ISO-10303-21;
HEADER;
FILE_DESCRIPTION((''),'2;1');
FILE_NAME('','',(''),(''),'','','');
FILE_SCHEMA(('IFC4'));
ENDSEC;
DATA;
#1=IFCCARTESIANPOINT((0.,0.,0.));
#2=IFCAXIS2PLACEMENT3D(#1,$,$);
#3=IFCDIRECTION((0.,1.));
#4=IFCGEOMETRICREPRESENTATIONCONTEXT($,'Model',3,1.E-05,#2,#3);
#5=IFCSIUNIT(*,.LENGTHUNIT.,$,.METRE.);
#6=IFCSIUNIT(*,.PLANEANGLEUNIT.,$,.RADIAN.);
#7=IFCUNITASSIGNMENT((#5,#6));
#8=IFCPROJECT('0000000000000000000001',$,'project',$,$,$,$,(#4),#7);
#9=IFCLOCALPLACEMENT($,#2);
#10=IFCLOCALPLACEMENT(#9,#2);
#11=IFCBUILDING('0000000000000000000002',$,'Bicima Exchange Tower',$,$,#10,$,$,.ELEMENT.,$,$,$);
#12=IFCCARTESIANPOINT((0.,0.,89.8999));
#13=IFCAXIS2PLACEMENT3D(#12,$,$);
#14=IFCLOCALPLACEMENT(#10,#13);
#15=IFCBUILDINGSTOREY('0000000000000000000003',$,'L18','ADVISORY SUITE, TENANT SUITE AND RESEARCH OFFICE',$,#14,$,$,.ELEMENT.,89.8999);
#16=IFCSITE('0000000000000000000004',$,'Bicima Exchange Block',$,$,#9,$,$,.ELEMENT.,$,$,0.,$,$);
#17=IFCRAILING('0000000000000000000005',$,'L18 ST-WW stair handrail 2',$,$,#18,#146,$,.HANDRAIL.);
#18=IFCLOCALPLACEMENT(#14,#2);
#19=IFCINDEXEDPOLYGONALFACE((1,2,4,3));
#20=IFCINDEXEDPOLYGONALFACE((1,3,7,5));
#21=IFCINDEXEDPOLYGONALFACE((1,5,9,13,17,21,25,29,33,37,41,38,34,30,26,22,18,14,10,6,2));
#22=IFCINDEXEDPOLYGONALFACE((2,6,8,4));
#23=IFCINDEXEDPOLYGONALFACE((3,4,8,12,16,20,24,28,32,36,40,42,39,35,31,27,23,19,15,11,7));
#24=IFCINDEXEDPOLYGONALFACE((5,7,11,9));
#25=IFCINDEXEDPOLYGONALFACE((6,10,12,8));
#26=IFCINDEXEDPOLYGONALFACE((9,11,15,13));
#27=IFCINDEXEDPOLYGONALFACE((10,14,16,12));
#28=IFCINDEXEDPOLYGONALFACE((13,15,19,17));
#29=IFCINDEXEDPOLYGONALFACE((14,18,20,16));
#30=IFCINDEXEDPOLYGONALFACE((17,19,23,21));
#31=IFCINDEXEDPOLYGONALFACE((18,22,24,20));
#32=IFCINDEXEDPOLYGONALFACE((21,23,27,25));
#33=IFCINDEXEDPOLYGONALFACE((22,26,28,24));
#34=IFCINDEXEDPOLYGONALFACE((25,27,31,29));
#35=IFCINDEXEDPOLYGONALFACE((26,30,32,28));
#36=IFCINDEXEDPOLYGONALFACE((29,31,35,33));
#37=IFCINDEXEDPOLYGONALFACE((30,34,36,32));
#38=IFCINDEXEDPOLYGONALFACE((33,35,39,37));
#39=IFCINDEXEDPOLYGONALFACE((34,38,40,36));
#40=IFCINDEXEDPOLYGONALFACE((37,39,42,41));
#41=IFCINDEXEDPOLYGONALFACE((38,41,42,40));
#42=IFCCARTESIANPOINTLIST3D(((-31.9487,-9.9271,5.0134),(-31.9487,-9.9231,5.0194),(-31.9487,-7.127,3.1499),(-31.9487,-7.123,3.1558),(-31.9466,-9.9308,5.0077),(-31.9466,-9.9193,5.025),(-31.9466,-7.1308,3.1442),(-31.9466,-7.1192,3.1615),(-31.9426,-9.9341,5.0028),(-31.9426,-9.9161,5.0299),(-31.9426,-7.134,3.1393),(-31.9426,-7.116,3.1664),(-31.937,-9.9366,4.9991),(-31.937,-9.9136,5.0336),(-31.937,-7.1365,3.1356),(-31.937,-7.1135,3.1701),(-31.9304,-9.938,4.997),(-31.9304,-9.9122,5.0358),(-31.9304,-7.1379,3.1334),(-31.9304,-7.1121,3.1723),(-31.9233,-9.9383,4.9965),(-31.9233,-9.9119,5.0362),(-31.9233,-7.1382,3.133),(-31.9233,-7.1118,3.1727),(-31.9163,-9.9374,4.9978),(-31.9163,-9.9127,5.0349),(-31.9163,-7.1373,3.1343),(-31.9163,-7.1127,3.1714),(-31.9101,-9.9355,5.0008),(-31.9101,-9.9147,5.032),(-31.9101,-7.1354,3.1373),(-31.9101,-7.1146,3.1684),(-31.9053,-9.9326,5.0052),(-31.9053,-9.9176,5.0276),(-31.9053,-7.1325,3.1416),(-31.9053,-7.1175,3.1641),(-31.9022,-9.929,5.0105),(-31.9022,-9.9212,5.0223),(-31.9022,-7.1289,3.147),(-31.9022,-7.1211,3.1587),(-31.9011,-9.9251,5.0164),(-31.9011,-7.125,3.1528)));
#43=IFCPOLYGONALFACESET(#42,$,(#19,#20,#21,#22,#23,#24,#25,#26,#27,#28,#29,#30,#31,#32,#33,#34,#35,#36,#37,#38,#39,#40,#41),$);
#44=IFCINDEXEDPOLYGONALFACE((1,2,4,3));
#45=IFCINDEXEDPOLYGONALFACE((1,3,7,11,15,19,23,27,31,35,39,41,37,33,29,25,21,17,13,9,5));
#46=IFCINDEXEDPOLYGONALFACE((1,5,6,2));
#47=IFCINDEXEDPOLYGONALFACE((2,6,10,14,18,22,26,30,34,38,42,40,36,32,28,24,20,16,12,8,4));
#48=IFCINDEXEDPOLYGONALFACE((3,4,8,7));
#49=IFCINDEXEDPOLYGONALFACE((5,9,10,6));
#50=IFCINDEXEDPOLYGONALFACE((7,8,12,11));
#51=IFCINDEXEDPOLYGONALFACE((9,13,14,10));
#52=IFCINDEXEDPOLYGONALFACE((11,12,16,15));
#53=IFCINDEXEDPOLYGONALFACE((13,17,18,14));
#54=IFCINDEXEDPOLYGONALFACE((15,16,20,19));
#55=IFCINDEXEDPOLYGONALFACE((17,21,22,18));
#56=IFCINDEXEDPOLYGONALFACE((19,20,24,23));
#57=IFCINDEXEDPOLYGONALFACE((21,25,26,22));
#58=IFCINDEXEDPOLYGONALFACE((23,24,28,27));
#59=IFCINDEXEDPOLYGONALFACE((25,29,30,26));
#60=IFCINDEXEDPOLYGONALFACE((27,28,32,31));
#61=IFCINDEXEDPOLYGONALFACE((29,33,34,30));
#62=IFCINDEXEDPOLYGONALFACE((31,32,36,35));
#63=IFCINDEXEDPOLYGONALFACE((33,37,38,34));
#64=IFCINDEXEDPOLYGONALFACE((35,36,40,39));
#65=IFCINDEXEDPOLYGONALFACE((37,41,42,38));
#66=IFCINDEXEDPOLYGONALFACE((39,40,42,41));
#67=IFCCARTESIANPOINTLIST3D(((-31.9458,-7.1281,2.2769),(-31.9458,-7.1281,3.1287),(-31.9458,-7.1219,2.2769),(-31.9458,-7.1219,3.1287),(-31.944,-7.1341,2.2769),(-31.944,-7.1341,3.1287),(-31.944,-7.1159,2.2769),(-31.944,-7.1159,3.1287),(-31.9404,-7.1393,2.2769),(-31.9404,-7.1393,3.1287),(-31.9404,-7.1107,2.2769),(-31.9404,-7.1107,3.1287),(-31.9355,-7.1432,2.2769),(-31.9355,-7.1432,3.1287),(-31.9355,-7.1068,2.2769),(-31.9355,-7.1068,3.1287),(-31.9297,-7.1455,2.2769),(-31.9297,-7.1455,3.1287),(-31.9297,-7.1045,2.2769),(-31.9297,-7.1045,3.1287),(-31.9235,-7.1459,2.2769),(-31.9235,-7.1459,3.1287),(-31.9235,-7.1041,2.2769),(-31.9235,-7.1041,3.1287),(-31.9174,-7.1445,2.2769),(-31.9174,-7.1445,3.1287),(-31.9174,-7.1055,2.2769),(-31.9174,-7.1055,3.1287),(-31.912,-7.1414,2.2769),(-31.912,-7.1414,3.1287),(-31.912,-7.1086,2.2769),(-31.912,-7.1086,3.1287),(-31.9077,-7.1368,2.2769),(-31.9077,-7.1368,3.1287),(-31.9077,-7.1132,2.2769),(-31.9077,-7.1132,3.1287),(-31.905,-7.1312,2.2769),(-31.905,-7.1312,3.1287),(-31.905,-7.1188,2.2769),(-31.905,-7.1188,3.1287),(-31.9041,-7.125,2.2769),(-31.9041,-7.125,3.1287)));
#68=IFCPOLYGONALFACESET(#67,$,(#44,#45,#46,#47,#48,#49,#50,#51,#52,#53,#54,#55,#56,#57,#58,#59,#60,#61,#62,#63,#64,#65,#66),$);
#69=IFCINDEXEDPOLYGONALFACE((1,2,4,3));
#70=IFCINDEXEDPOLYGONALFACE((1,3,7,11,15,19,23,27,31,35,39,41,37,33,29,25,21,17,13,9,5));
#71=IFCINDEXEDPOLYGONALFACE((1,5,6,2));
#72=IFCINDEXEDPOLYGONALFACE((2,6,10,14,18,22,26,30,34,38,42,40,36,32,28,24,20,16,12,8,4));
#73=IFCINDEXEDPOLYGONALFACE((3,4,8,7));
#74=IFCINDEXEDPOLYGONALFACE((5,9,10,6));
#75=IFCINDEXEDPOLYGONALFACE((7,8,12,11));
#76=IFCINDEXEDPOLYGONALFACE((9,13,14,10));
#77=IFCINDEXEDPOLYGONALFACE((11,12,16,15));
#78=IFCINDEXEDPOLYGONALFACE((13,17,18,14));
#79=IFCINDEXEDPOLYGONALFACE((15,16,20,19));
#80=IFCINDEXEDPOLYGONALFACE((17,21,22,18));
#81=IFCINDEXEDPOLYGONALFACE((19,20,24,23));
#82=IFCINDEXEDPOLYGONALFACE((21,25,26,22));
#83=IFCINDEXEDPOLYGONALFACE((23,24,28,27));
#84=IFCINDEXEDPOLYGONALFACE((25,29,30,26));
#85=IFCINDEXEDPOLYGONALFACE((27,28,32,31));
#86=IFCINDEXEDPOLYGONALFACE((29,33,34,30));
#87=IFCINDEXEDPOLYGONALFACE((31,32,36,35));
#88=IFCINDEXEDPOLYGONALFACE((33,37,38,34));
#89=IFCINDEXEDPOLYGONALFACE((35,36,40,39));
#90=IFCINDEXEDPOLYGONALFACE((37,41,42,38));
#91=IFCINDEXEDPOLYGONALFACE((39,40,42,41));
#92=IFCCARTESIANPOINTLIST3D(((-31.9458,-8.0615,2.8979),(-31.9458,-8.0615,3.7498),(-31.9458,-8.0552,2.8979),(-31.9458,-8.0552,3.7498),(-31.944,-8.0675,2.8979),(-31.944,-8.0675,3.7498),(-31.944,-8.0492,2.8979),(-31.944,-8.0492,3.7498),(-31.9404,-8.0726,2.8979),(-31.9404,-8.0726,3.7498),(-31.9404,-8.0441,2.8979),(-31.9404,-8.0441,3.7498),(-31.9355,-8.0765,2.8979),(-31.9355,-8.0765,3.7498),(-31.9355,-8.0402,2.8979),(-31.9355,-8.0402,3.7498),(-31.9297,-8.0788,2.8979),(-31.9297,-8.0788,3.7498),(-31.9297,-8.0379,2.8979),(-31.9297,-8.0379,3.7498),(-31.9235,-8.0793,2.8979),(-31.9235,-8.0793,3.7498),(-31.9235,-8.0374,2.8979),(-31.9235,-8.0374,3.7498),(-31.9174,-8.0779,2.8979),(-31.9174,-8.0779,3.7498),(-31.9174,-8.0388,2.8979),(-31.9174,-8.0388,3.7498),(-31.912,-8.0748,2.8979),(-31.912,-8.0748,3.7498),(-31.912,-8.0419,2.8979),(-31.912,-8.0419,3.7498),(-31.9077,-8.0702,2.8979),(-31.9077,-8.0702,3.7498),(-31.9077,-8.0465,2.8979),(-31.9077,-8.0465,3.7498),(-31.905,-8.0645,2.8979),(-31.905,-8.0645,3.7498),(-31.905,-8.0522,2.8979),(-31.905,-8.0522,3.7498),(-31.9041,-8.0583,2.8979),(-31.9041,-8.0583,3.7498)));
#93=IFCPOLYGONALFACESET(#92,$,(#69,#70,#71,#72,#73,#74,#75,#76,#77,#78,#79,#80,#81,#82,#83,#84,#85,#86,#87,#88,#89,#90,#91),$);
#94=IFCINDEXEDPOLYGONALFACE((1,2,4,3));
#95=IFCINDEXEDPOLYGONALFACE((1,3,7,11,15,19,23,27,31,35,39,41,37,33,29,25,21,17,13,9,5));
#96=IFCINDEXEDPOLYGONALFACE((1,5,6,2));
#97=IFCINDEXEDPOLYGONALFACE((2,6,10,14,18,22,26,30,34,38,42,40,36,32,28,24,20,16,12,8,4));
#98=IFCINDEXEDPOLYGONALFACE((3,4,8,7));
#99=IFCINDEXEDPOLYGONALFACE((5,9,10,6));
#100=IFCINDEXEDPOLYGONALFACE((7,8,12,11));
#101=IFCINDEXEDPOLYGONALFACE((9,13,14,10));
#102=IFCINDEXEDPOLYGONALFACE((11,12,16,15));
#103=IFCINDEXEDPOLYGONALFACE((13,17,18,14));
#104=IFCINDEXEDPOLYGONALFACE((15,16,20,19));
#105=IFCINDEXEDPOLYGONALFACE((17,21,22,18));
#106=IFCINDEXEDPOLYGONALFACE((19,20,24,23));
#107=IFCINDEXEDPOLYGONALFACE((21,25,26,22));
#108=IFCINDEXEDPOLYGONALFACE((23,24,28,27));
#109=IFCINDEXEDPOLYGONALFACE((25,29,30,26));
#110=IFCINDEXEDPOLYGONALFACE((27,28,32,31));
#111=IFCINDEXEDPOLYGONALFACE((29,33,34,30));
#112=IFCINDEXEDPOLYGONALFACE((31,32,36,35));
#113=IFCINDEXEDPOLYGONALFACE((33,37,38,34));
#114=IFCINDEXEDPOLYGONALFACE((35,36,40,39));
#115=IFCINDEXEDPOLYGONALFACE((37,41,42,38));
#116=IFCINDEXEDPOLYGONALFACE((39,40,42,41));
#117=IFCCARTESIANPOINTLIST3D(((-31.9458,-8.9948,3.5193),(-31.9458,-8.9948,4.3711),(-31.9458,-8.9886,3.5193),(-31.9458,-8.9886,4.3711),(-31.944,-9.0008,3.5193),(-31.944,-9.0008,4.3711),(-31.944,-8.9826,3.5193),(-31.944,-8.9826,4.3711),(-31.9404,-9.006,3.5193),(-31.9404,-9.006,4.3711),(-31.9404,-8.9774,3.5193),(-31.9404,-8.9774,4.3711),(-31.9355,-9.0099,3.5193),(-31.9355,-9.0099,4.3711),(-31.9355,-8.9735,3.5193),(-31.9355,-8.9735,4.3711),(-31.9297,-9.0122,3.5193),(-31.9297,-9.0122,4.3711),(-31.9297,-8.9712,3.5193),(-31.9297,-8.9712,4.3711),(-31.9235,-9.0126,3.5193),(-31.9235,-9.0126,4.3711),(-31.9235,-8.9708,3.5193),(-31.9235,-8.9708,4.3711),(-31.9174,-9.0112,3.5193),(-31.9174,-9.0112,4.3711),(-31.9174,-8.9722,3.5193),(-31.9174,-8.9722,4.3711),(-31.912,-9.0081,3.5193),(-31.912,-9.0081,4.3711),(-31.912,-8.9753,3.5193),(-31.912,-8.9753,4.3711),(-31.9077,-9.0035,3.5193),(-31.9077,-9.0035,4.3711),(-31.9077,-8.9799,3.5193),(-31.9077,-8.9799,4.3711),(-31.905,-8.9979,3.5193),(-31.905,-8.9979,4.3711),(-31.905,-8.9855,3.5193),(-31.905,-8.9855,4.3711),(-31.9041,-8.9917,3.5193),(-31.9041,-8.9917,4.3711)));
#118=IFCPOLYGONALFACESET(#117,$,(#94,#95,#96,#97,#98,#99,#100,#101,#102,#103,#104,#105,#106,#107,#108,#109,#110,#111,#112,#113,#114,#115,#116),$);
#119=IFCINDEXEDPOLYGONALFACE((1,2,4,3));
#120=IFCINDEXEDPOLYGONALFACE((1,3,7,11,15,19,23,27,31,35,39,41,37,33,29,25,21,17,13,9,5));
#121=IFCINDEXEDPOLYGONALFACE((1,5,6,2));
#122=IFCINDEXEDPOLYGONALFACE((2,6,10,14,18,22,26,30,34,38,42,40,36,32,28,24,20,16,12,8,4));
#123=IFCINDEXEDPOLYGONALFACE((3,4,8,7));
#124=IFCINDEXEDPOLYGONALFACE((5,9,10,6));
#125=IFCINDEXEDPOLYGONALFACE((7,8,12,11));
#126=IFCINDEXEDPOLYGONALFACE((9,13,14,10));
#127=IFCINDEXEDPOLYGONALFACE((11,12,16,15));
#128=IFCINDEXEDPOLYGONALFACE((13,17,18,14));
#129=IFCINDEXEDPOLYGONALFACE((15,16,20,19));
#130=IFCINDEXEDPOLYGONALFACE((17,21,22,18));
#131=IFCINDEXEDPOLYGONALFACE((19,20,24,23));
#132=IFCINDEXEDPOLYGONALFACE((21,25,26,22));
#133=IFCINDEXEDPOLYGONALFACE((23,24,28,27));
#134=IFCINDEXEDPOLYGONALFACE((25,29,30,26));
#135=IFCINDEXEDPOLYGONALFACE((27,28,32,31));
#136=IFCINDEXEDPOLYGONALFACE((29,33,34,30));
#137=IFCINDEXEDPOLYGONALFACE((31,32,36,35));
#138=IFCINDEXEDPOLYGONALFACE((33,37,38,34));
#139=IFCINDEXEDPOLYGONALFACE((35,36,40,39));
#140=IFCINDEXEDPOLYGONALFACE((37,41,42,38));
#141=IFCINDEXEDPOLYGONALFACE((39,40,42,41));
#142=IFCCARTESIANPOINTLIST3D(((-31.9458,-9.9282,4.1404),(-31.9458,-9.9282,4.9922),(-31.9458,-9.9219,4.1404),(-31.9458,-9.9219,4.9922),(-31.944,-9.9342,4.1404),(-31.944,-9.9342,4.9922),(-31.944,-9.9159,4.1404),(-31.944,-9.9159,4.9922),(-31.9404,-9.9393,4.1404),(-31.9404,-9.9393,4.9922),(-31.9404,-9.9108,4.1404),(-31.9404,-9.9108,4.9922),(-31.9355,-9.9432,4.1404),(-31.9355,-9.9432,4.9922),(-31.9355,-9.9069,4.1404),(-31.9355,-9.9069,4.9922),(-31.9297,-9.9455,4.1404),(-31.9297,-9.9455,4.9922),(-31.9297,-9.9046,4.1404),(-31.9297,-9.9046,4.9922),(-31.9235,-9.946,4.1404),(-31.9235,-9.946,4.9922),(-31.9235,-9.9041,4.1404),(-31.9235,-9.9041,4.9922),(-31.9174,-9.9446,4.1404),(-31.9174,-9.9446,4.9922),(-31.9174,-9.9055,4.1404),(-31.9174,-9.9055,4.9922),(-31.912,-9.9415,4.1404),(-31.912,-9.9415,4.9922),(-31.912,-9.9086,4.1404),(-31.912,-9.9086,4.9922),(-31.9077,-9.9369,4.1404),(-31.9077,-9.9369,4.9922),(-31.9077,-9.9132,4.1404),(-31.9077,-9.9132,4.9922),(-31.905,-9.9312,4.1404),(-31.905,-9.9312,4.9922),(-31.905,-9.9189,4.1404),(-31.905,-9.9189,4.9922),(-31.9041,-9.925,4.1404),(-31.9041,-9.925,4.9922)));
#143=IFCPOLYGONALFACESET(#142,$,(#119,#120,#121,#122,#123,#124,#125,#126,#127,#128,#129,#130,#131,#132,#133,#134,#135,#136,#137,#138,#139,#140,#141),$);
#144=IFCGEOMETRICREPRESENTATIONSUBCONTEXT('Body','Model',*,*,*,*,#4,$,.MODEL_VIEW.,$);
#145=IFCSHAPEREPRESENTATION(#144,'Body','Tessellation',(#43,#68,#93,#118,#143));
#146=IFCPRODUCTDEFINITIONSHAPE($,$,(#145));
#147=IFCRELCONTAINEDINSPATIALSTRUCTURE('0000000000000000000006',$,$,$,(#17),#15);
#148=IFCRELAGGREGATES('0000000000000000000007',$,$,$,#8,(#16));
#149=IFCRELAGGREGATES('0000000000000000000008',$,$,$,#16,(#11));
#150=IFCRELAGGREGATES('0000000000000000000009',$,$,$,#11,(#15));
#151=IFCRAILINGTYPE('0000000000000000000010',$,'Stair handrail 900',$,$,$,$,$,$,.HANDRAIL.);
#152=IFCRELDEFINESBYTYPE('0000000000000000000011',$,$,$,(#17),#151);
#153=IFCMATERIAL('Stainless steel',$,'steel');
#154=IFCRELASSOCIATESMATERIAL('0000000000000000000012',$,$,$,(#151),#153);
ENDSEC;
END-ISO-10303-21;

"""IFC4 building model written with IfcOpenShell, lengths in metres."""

from ifc_helpers import new_model, si_unit, direction, frame, origin, origin_2d, place, context, subcontext, project, spatial, circle, extrude, material, type_object, element, save


model = new_model("IFC4")

# Units and contexts
model_context = context("Model", 3, precision=1e-05, world=origin(), true_north=direction((0.0, 1.0)))
body_context = subcontext(model_context, "Body", "Model", "MODEL_VIEW")
ifc_project = project(units=[si_unit("LENGTHUNIT", "METRE"), si_unit("PLANEANGLEUNIT", "RADIAN")], contexts=[model_context])

# Site, building, storey
site_placement = place(None, origin())
site = spatial("IfcSite", under=ifc_project, at=site_placement, Name="Bicima Exchange Block", CompositionType="ELEMENT", RefElevation=0.0)
building_placement = place(site_placement, origin())
building = spatial("IfcBuilding", under=site, at=building_placement, Name="Bicima Exchange Tower", CompositionType="ELEMENT")
storey_placement = place(building_placement, frame((0.0, 0.0, 89.8999)))
storey = spatial("IfcBuildingStorey", under=building, at=storey_placement, Name="L18", Description="ADVISORY SUITE, TENANT SUITE AND RESEARCH OFFICE", CompositionType="ELEMENT", Elevation=89.8999)

# Railing
ifc_material_1 = material(Name="Stainless steel", Category="steel")
railing_type_1 = type_object("IfcRailingType", Name="Stair handrail 900", PredefinedType="HANDRAIL", material=ifc_material_1)
railing_1_placement = place(storey_placement, frame((-31.925, -7.125, 2.2769)))
element("IfcRailing", 1, at=railing_1_placement, inside=storey, type_object=railing_type_1, Name="L18 ST-WW stair handrail 2", PredefinedType="HANDRAIL", context=body_context, shape_type="SweptSolid", body=[
    extrude(circle(Radius=0.0239, at=origin_2d()), frame((0.0, 0.0, 0.876), z_axis=(0.0, -0.832486, 0.554047), x_axis=(1.0, 0.0, 0.0)), (0.0, 0.0, 1.0), 3.3635),
    extrude(circle(Radius=0.021, at=origin_2d()), origin(), (0.0, 0.0, 1.0), 0.8518),
    extrude(circle(Radius=0.021, at=origin_2d()), frame((0.0, -0.9333, 0.6211)), (0.0, 0.0, 1.0), 0.8518),
    extrude(circle(Radius=0.021, at=origin_2d()), frame((0.0, -1.8667, 1.2424)), (0.0, 0.0, 1.0), 0.8518),
    extrude(circle(Radius=0.021, at=origin_2d()), frame((0.0, -2.8, 1.8635)), (0.0, 0.0, 1.0), 0.8518),
])

save(model, "model.ifc")
